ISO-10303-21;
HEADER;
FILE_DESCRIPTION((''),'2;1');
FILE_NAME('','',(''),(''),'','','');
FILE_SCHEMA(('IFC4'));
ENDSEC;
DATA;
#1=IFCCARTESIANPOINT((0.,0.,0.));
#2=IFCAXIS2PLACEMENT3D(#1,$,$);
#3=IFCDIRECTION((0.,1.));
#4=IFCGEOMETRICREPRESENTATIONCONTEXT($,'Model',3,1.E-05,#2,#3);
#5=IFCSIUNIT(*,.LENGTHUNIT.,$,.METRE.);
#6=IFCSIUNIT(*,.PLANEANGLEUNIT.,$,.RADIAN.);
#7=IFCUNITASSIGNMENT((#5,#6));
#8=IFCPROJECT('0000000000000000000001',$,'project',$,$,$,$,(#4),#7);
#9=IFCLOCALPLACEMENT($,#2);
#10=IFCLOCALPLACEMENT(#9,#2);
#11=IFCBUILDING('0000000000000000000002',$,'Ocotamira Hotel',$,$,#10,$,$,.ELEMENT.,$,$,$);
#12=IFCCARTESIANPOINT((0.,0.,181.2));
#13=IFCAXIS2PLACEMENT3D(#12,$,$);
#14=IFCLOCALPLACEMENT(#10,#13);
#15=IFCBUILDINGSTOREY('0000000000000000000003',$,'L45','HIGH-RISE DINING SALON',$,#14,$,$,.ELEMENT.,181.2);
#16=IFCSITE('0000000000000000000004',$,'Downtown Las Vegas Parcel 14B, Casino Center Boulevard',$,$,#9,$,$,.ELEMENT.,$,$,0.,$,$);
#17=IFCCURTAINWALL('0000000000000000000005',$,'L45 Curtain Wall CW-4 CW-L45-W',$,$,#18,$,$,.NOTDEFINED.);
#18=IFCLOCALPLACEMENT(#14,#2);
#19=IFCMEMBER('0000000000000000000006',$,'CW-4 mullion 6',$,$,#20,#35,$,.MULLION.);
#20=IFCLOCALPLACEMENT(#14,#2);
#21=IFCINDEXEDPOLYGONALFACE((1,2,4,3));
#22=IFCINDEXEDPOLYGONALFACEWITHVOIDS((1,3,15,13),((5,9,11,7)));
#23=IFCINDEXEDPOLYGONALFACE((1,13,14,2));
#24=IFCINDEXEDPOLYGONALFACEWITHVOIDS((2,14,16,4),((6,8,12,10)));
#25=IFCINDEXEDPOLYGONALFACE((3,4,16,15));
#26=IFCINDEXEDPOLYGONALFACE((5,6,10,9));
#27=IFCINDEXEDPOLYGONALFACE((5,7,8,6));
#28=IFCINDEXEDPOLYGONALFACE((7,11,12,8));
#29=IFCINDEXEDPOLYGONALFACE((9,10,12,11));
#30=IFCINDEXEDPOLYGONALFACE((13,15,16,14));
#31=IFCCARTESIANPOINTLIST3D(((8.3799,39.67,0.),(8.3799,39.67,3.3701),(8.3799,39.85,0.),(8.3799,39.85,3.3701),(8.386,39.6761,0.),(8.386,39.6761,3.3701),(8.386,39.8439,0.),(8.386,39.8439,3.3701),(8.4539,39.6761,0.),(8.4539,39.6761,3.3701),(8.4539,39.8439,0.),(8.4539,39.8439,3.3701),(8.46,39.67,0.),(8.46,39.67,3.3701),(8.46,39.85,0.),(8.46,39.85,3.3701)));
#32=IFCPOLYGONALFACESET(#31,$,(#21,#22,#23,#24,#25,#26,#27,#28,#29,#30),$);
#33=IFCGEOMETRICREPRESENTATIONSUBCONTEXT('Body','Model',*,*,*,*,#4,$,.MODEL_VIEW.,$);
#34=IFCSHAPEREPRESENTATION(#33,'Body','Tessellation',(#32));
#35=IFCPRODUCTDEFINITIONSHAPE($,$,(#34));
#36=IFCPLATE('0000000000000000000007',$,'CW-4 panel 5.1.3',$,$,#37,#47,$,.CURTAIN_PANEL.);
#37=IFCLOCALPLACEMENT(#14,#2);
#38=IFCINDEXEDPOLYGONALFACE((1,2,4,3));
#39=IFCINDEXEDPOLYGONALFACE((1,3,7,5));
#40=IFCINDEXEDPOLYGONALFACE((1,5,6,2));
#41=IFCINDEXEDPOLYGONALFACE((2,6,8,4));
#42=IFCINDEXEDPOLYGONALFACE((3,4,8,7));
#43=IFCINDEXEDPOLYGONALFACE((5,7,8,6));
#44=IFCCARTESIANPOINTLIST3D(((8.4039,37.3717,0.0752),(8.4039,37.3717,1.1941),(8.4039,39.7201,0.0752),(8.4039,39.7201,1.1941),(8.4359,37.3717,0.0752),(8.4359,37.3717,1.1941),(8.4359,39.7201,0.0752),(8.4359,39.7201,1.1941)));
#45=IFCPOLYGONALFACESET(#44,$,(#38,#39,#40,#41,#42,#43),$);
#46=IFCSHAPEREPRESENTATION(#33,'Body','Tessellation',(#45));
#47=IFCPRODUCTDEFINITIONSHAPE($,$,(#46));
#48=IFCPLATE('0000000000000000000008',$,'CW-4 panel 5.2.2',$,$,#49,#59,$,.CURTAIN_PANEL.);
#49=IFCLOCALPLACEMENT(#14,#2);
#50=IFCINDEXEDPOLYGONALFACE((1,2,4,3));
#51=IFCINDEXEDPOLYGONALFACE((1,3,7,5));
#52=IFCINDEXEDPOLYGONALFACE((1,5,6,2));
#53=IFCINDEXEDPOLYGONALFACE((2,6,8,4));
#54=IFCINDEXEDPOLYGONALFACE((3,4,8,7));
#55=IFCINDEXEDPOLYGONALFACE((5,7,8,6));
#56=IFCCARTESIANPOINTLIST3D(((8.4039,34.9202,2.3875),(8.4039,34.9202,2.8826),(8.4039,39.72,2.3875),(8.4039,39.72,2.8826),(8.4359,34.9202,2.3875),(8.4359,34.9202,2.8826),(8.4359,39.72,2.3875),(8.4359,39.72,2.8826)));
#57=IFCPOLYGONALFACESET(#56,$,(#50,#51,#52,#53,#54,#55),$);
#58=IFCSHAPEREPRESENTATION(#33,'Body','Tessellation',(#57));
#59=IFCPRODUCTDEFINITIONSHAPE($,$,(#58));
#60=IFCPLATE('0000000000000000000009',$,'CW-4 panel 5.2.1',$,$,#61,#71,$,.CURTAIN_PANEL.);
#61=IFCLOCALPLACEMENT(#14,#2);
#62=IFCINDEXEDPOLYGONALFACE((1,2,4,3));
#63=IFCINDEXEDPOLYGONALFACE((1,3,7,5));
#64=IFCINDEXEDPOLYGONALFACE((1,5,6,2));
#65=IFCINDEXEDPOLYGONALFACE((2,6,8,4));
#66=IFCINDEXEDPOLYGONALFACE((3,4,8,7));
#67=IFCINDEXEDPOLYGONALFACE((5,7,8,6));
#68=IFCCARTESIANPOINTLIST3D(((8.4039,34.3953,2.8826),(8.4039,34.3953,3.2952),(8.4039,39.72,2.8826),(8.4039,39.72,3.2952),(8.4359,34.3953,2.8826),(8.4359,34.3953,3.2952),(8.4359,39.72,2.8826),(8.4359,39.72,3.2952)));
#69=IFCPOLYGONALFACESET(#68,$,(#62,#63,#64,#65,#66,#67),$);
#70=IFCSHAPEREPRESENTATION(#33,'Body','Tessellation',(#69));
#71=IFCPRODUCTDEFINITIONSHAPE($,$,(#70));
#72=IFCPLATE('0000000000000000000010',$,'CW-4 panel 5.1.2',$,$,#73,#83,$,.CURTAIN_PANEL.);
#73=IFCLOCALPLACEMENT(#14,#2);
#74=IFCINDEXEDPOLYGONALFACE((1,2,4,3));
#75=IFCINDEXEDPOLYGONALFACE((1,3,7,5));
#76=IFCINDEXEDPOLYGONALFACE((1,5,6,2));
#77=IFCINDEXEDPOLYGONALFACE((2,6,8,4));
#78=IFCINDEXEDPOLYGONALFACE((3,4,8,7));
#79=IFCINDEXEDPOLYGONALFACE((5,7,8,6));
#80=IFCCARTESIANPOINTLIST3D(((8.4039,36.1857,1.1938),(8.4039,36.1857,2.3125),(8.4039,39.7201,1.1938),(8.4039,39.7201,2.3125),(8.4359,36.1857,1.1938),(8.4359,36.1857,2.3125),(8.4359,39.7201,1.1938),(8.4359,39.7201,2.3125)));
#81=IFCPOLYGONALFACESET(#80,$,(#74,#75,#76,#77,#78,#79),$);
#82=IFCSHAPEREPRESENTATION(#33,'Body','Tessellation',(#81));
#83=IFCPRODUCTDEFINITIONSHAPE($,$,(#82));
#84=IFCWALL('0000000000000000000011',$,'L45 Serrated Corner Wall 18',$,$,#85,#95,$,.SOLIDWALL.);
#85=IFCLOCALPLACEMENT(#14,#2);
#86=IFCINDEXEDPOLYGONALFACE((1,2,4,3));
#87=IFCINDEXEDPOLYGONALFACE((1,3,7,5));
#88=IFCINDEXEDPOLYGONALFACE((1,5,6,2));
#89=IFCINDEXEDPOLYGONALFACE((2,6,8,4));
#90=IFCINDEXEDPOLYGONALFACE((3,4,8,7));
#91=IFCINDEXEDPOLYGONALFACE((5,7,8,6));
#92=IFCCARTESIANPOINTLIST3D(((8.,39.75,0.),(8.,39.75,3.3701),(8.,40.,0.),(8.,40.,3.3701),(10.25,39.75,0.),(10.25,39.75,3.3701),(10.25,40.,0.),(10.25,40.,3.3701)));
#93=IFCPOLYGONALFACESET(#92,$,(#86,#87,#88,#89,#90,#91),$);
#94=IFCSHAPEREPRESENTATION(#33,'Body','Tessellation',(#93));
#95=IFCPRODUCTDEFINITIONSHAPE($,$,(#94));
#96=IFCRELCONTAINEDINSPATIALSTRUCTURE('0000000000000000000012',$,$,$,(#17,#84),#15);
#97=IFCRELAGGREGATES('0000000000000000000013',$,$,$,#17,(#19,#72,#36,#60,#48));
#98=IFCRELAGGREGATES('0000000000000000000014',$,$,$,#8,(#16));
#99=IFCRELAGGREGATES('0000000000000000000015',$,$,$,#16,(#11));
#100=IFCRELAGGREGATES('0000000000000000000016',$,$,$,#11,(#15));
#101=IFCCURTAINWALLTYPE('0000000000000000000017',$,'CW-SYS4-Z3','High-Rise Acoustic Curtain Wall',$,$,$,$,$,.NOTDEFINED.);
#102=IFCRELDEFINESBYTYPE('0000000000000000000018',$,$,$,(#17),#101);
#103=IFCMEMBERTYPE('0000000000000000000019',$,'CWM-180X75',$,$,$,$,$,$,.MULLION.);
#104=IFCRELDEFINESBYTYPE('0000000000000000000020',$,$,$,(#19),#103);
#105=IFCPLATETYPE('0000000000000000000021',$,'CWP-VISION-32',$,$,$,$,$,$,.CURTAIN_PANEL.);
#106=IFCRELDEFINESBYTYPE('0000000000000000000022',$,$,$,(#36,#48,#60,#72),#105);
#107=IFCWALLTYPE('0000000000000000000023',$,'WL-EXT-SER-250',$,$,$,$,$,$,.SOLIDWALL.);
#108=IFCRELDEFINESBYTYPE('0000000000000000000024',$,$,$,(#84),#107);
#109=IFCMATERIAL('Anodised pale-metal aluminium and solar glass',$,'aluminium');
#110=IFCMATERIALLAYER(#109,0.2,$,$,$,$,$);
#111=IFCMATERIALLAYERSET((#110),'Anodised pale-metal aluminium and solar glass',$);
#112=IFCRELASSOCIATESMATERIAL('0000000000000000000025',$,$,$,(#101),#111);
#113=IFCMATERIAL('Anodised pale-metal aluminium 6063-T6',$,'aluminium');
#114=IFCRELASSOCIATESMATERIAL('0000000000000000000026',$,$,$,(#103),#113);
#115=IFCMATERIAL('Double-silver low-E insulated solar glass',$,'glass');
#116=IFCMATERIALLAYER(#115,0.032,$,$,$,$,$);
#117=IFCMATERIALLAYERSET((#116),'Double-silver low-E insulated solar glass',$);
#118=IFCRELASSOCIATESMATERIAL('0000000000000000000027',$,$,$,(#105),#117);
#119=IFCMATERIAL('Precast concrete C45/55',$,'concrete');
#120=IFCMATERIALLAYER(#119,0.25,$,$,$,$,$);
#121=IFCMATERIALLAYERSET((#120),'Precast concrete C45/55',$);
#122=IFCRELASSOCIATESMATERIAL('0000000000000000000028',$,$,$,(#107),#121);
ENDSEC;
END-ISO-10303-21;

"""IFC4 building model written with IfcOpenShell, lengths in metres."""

from ifc_helpers import new_model, si_unit, direction, frame, frame_2d, origin, origin_2d, place, context, subcontext, project, spatial, rectangle, hollow_rectangle, extrude, source, transform, mapped, material, layer, layer_set, material_profile, profile_set, type_object, element, aggregate, save


model = new_model("IFC4")

# Units and contexts
model_context = context("Model", 3, precision=1e-05, world=origin(), true_north=direction((0.0, 1.0)))
body_context = subcontext(model_context, "Body", "Model", "MODEL_VIEW")
ifc_project = project(units=[si_unit("LENGTHUNIT", "METRE"), si_unit("PLANEANGLEUNIT", "RADIAN")], contexts=[model_context])

# Site, building, storey
site_placement = place(None, origin())
site = spatial("IfcSite", under=ifc_project, at=site_placement, Name="Downtown Las Vegas Parcel 14B, Casino Center Boulevard", CompositionType="ELEMENT", RefElevation=0.0)
building_placement = place(site_placement, origin())
building = spatial("IfcBuilding", under=site, at=building_placement, Name="Ocotamira Hotel", CompositionType="ELEMENT")
storey_placement = place(building_placement, frame((0.0, 0.0, 181.2)))
storey = spatial("IfcBuildingStorey", under=building, at=storey_placement, Name="L45", Description="HIGH-RISE DINING SALON", CompositionType="ELEMENT", Elevation=181.2)

# Curtain wall, member, plates
ifc_material_1 = material(Name="Anodised pale-metal aluminium and solar glass", Category="aluminium")
ifc_layer_1 = layer(ifc_material_1, 0.2)
ifc_layer_set_1 = layer_set([ifc_layer_1], Name="Anodised pale-metal aluminium and solar glass")
curtain_wall_type = type_object("IfcCurtainWallType", Name="CW-SYS4-Z3", Description="High-Rise Acoustic Curtain Wall", PredefinedType="NOTDEFINED", material=ifc_layer_set_1)
curtain_wall_placement = place(storey_placement, origin())
curtain_wall = element("IfcCurtainWall", 1, at=curtain_wall_placement, inside=storey, type_object=curtain_wall_type, Name="L45 Curtain Wall CW-4 CW-L45-W", PredefinedType="NOTDEFINED")
ifc_material_2 = material(Name="Anodised pale-metal aluminium 6063-T6", Category="aluminium")
ifc_material_profile_1 = material_profile(ifc_material_2, hollow_rectangle(XDim=0.0801, YDim=0.1799, WallThickness=0.0061, at=origin_2d()), Name="HSS180X80X6")
ifc_profile_set_1 = profile_set([ifc_material_profile_1], Name="Anodised pale-metal aluminium 6063-T6")
member_type_1 = type_object("IfcMemberType", Name="CWM-180X75", PredefinedType="MULLION", material=ifc_profile_set_1)
shared_shape_1 = source(origin(), body_context, "Body", "SweptSolid", [
    extrude(hollow_rectangle(XDim=0.0801, YDim=0.1799, WallThickness=0.0061, at=origin_2d()), origin(), (0.0, 0.0, 1.0), 3.3701),
])
member_1_placement = place(storey_placement, frame((8.4199, 39.76, 0.0), z_axis=(0.0, 0.0, 1.0), x_axis=(-1.0, 0.0, 0.0)))
member_1 = element("IfcMember", 2, at=member_1_placement, type_object=member_type_1, Name="CW-4 mullion 6", PredefinedType="MULLION", context=body_context, shape_type="MappedRepresentation", body=[
    mapped(shared_shape_1, transform((0.0, 0.0, 0.0), scale=1.0)),
])
ifc_material_3 = material(Name="Double-silver low-E insulated solar glass", Category="glass")
ifc_layer_2 = layer(ifc_material_3, 0.032)
ifc_layer_set_2 = layer_set([ifc_layer_2], Name="Double-silver low-E insulated solar glass")
plate_type = type_object("IfcPlateType", Name="CWP-VISION-32", PredefinedType="CURTAIN_PANEL", material=ifc_layer_set_2)
shared_shape_2 = source(origin(), body_context, "Body", "SweptSolid", [
    extrude(rectangle(XDim=2.3484, YDim=0.032, at=origin_2d()), origin(), (0.0, 0.0, 1.0), 1.1189),
])
plate_1_placement = place(storey_placement, frame((8.4199, 38.5459, 0.0752), z_axis=(0.0, 0.0, 1.0), x_axis=(0.0, 1.0, 0.0)))
plate_1 = element("IfcPlate", 3, at=plate_1_placement, type_object=plate_type, Name="CW-4 panel 5.1.3", PredefinedType="CURTAIN_PANEL", context=body_context, shape_type="MappedRepresentation", body=[
    mapped(shared_shape_2, transform((0.0, 0.0, 0.0), scale=1.0)),
])
shared_shape_3 = source(origin(), body_context, "Body", "SweptSolid", [
    extrude(rectangle(XDim=4.7998, YDim=0.032, at=origin_2d()), origin(), (0.0, 0.0, 1.0), 0.4951),
])
plate_2_placement = place(storey_placement, frame((8.4199, 37.3201, 2.3875), z_axis=(0.0, 0.0, 1.0), x_axis=(0.0, 1.0, 0.0)))
plate_2 = element("IfcPlate", 4, at=plate_2_placement, type_object=plate_type, Name="CW-4 panel 5.2.2", PredefinedType="CURTAIN_PANEL", context=body_context, shape_type="MappedRepresentation", body=[
    mapped(shared_shape_3, transform((0.0, 0.0, 0.0), scale=1.0)),
])
shared_shape_4 = source(origin(), body_context, "Body", "SweptSolid", [
    extrude(rectangle(XDim=5.3247, YDim=0.032, at=origin_2d()), origin(), (0.0, 0.0, 1.0), 0.4126),
])
plate_3_placement = place(storey_placement, frame((8.4199, 37.0576, 2.8826), z_axis=(0.0, 0.0, 1.0), x_axis=(0.0, 1.0, 0.0)))
plate_3 = element("IfcPlate", 5, at=plate_3_placement, type_object=plate_type, Name="CW-4 panel 5.2.1", PredefinedType="CURTAIN_PANEL", context=body_context, shape_type="MappedRepresentation", body=[
    mapped(shared_shape_4, transform((0.0, 0.0, 0.0), scale=1.0)),
])
shared_shape_5 = source(origin(), body_context, "Body", "SweptSolid", [
    extrude(rectangle(XDim=3.5344, YDim=0.032, at=origin_2d()), origin(), (0.0, 0.0, 1.0), 1.1187),
])
plate_4_placement = place(storey_placement, frame((8.4199, 37.9529, 1.1938), z_axis=(0.0, 0.0, 1.0), x_axis=(0.0, 1.0, 0.0)))
plate_4 = element("IfcPlate", 6, at=plate_4_placement, type_object=plate_type, Name="CW-4 panel 5.1.2", PredefinedType="CURTAIN_PANEL", context=body_context, shape_type="MappedRepresentation", body=[
    mapped(shared_shape_5, transform((0.0, 0.0, 0.0), scale=1.0)),
])
aggregate(curtain_wall, [member_1, plate_4, plate_1, plate_3, plate_2])

# Wall
ifc_material_4 = material(Name="Precast concrete C45/55", Category="concrete")
ifc_layer_3 = layer(ifc_material_4, 0.25)
ifc_layer_set_3 = layer_set([ifc_layer_3], Name="Precast concrete C45/55")
wall_type_1 = type_object("IfcWallType", Name="WL-EXT-SER-250", PredefinedType="SOLIDWALL", material=ifc_layer_set_3)
wall_1_placement = place(storey_placement, frame((10.25, 39.875, 0.0), z_axis=(0.0, 0.0, 1.0), x_axis=(-1.0, 0.0, 0.0)))
element("IfcWall", 7, at=wall_1_placement, inside=storey, type_object=wall_type_1, Name="L45 Serrated Corner Wall 18", PredefinedType="SOLIDWALL", context=body_context, shape_type="SweptSolid", body=[
    extrude(rectangle(XDim=2.25, YDim=0.25, at=frame_2d((1.125, 0.0))), origin(), (0.0, 0.0, 1.0), 3.3701),
])

save(model, "model.ifc")
